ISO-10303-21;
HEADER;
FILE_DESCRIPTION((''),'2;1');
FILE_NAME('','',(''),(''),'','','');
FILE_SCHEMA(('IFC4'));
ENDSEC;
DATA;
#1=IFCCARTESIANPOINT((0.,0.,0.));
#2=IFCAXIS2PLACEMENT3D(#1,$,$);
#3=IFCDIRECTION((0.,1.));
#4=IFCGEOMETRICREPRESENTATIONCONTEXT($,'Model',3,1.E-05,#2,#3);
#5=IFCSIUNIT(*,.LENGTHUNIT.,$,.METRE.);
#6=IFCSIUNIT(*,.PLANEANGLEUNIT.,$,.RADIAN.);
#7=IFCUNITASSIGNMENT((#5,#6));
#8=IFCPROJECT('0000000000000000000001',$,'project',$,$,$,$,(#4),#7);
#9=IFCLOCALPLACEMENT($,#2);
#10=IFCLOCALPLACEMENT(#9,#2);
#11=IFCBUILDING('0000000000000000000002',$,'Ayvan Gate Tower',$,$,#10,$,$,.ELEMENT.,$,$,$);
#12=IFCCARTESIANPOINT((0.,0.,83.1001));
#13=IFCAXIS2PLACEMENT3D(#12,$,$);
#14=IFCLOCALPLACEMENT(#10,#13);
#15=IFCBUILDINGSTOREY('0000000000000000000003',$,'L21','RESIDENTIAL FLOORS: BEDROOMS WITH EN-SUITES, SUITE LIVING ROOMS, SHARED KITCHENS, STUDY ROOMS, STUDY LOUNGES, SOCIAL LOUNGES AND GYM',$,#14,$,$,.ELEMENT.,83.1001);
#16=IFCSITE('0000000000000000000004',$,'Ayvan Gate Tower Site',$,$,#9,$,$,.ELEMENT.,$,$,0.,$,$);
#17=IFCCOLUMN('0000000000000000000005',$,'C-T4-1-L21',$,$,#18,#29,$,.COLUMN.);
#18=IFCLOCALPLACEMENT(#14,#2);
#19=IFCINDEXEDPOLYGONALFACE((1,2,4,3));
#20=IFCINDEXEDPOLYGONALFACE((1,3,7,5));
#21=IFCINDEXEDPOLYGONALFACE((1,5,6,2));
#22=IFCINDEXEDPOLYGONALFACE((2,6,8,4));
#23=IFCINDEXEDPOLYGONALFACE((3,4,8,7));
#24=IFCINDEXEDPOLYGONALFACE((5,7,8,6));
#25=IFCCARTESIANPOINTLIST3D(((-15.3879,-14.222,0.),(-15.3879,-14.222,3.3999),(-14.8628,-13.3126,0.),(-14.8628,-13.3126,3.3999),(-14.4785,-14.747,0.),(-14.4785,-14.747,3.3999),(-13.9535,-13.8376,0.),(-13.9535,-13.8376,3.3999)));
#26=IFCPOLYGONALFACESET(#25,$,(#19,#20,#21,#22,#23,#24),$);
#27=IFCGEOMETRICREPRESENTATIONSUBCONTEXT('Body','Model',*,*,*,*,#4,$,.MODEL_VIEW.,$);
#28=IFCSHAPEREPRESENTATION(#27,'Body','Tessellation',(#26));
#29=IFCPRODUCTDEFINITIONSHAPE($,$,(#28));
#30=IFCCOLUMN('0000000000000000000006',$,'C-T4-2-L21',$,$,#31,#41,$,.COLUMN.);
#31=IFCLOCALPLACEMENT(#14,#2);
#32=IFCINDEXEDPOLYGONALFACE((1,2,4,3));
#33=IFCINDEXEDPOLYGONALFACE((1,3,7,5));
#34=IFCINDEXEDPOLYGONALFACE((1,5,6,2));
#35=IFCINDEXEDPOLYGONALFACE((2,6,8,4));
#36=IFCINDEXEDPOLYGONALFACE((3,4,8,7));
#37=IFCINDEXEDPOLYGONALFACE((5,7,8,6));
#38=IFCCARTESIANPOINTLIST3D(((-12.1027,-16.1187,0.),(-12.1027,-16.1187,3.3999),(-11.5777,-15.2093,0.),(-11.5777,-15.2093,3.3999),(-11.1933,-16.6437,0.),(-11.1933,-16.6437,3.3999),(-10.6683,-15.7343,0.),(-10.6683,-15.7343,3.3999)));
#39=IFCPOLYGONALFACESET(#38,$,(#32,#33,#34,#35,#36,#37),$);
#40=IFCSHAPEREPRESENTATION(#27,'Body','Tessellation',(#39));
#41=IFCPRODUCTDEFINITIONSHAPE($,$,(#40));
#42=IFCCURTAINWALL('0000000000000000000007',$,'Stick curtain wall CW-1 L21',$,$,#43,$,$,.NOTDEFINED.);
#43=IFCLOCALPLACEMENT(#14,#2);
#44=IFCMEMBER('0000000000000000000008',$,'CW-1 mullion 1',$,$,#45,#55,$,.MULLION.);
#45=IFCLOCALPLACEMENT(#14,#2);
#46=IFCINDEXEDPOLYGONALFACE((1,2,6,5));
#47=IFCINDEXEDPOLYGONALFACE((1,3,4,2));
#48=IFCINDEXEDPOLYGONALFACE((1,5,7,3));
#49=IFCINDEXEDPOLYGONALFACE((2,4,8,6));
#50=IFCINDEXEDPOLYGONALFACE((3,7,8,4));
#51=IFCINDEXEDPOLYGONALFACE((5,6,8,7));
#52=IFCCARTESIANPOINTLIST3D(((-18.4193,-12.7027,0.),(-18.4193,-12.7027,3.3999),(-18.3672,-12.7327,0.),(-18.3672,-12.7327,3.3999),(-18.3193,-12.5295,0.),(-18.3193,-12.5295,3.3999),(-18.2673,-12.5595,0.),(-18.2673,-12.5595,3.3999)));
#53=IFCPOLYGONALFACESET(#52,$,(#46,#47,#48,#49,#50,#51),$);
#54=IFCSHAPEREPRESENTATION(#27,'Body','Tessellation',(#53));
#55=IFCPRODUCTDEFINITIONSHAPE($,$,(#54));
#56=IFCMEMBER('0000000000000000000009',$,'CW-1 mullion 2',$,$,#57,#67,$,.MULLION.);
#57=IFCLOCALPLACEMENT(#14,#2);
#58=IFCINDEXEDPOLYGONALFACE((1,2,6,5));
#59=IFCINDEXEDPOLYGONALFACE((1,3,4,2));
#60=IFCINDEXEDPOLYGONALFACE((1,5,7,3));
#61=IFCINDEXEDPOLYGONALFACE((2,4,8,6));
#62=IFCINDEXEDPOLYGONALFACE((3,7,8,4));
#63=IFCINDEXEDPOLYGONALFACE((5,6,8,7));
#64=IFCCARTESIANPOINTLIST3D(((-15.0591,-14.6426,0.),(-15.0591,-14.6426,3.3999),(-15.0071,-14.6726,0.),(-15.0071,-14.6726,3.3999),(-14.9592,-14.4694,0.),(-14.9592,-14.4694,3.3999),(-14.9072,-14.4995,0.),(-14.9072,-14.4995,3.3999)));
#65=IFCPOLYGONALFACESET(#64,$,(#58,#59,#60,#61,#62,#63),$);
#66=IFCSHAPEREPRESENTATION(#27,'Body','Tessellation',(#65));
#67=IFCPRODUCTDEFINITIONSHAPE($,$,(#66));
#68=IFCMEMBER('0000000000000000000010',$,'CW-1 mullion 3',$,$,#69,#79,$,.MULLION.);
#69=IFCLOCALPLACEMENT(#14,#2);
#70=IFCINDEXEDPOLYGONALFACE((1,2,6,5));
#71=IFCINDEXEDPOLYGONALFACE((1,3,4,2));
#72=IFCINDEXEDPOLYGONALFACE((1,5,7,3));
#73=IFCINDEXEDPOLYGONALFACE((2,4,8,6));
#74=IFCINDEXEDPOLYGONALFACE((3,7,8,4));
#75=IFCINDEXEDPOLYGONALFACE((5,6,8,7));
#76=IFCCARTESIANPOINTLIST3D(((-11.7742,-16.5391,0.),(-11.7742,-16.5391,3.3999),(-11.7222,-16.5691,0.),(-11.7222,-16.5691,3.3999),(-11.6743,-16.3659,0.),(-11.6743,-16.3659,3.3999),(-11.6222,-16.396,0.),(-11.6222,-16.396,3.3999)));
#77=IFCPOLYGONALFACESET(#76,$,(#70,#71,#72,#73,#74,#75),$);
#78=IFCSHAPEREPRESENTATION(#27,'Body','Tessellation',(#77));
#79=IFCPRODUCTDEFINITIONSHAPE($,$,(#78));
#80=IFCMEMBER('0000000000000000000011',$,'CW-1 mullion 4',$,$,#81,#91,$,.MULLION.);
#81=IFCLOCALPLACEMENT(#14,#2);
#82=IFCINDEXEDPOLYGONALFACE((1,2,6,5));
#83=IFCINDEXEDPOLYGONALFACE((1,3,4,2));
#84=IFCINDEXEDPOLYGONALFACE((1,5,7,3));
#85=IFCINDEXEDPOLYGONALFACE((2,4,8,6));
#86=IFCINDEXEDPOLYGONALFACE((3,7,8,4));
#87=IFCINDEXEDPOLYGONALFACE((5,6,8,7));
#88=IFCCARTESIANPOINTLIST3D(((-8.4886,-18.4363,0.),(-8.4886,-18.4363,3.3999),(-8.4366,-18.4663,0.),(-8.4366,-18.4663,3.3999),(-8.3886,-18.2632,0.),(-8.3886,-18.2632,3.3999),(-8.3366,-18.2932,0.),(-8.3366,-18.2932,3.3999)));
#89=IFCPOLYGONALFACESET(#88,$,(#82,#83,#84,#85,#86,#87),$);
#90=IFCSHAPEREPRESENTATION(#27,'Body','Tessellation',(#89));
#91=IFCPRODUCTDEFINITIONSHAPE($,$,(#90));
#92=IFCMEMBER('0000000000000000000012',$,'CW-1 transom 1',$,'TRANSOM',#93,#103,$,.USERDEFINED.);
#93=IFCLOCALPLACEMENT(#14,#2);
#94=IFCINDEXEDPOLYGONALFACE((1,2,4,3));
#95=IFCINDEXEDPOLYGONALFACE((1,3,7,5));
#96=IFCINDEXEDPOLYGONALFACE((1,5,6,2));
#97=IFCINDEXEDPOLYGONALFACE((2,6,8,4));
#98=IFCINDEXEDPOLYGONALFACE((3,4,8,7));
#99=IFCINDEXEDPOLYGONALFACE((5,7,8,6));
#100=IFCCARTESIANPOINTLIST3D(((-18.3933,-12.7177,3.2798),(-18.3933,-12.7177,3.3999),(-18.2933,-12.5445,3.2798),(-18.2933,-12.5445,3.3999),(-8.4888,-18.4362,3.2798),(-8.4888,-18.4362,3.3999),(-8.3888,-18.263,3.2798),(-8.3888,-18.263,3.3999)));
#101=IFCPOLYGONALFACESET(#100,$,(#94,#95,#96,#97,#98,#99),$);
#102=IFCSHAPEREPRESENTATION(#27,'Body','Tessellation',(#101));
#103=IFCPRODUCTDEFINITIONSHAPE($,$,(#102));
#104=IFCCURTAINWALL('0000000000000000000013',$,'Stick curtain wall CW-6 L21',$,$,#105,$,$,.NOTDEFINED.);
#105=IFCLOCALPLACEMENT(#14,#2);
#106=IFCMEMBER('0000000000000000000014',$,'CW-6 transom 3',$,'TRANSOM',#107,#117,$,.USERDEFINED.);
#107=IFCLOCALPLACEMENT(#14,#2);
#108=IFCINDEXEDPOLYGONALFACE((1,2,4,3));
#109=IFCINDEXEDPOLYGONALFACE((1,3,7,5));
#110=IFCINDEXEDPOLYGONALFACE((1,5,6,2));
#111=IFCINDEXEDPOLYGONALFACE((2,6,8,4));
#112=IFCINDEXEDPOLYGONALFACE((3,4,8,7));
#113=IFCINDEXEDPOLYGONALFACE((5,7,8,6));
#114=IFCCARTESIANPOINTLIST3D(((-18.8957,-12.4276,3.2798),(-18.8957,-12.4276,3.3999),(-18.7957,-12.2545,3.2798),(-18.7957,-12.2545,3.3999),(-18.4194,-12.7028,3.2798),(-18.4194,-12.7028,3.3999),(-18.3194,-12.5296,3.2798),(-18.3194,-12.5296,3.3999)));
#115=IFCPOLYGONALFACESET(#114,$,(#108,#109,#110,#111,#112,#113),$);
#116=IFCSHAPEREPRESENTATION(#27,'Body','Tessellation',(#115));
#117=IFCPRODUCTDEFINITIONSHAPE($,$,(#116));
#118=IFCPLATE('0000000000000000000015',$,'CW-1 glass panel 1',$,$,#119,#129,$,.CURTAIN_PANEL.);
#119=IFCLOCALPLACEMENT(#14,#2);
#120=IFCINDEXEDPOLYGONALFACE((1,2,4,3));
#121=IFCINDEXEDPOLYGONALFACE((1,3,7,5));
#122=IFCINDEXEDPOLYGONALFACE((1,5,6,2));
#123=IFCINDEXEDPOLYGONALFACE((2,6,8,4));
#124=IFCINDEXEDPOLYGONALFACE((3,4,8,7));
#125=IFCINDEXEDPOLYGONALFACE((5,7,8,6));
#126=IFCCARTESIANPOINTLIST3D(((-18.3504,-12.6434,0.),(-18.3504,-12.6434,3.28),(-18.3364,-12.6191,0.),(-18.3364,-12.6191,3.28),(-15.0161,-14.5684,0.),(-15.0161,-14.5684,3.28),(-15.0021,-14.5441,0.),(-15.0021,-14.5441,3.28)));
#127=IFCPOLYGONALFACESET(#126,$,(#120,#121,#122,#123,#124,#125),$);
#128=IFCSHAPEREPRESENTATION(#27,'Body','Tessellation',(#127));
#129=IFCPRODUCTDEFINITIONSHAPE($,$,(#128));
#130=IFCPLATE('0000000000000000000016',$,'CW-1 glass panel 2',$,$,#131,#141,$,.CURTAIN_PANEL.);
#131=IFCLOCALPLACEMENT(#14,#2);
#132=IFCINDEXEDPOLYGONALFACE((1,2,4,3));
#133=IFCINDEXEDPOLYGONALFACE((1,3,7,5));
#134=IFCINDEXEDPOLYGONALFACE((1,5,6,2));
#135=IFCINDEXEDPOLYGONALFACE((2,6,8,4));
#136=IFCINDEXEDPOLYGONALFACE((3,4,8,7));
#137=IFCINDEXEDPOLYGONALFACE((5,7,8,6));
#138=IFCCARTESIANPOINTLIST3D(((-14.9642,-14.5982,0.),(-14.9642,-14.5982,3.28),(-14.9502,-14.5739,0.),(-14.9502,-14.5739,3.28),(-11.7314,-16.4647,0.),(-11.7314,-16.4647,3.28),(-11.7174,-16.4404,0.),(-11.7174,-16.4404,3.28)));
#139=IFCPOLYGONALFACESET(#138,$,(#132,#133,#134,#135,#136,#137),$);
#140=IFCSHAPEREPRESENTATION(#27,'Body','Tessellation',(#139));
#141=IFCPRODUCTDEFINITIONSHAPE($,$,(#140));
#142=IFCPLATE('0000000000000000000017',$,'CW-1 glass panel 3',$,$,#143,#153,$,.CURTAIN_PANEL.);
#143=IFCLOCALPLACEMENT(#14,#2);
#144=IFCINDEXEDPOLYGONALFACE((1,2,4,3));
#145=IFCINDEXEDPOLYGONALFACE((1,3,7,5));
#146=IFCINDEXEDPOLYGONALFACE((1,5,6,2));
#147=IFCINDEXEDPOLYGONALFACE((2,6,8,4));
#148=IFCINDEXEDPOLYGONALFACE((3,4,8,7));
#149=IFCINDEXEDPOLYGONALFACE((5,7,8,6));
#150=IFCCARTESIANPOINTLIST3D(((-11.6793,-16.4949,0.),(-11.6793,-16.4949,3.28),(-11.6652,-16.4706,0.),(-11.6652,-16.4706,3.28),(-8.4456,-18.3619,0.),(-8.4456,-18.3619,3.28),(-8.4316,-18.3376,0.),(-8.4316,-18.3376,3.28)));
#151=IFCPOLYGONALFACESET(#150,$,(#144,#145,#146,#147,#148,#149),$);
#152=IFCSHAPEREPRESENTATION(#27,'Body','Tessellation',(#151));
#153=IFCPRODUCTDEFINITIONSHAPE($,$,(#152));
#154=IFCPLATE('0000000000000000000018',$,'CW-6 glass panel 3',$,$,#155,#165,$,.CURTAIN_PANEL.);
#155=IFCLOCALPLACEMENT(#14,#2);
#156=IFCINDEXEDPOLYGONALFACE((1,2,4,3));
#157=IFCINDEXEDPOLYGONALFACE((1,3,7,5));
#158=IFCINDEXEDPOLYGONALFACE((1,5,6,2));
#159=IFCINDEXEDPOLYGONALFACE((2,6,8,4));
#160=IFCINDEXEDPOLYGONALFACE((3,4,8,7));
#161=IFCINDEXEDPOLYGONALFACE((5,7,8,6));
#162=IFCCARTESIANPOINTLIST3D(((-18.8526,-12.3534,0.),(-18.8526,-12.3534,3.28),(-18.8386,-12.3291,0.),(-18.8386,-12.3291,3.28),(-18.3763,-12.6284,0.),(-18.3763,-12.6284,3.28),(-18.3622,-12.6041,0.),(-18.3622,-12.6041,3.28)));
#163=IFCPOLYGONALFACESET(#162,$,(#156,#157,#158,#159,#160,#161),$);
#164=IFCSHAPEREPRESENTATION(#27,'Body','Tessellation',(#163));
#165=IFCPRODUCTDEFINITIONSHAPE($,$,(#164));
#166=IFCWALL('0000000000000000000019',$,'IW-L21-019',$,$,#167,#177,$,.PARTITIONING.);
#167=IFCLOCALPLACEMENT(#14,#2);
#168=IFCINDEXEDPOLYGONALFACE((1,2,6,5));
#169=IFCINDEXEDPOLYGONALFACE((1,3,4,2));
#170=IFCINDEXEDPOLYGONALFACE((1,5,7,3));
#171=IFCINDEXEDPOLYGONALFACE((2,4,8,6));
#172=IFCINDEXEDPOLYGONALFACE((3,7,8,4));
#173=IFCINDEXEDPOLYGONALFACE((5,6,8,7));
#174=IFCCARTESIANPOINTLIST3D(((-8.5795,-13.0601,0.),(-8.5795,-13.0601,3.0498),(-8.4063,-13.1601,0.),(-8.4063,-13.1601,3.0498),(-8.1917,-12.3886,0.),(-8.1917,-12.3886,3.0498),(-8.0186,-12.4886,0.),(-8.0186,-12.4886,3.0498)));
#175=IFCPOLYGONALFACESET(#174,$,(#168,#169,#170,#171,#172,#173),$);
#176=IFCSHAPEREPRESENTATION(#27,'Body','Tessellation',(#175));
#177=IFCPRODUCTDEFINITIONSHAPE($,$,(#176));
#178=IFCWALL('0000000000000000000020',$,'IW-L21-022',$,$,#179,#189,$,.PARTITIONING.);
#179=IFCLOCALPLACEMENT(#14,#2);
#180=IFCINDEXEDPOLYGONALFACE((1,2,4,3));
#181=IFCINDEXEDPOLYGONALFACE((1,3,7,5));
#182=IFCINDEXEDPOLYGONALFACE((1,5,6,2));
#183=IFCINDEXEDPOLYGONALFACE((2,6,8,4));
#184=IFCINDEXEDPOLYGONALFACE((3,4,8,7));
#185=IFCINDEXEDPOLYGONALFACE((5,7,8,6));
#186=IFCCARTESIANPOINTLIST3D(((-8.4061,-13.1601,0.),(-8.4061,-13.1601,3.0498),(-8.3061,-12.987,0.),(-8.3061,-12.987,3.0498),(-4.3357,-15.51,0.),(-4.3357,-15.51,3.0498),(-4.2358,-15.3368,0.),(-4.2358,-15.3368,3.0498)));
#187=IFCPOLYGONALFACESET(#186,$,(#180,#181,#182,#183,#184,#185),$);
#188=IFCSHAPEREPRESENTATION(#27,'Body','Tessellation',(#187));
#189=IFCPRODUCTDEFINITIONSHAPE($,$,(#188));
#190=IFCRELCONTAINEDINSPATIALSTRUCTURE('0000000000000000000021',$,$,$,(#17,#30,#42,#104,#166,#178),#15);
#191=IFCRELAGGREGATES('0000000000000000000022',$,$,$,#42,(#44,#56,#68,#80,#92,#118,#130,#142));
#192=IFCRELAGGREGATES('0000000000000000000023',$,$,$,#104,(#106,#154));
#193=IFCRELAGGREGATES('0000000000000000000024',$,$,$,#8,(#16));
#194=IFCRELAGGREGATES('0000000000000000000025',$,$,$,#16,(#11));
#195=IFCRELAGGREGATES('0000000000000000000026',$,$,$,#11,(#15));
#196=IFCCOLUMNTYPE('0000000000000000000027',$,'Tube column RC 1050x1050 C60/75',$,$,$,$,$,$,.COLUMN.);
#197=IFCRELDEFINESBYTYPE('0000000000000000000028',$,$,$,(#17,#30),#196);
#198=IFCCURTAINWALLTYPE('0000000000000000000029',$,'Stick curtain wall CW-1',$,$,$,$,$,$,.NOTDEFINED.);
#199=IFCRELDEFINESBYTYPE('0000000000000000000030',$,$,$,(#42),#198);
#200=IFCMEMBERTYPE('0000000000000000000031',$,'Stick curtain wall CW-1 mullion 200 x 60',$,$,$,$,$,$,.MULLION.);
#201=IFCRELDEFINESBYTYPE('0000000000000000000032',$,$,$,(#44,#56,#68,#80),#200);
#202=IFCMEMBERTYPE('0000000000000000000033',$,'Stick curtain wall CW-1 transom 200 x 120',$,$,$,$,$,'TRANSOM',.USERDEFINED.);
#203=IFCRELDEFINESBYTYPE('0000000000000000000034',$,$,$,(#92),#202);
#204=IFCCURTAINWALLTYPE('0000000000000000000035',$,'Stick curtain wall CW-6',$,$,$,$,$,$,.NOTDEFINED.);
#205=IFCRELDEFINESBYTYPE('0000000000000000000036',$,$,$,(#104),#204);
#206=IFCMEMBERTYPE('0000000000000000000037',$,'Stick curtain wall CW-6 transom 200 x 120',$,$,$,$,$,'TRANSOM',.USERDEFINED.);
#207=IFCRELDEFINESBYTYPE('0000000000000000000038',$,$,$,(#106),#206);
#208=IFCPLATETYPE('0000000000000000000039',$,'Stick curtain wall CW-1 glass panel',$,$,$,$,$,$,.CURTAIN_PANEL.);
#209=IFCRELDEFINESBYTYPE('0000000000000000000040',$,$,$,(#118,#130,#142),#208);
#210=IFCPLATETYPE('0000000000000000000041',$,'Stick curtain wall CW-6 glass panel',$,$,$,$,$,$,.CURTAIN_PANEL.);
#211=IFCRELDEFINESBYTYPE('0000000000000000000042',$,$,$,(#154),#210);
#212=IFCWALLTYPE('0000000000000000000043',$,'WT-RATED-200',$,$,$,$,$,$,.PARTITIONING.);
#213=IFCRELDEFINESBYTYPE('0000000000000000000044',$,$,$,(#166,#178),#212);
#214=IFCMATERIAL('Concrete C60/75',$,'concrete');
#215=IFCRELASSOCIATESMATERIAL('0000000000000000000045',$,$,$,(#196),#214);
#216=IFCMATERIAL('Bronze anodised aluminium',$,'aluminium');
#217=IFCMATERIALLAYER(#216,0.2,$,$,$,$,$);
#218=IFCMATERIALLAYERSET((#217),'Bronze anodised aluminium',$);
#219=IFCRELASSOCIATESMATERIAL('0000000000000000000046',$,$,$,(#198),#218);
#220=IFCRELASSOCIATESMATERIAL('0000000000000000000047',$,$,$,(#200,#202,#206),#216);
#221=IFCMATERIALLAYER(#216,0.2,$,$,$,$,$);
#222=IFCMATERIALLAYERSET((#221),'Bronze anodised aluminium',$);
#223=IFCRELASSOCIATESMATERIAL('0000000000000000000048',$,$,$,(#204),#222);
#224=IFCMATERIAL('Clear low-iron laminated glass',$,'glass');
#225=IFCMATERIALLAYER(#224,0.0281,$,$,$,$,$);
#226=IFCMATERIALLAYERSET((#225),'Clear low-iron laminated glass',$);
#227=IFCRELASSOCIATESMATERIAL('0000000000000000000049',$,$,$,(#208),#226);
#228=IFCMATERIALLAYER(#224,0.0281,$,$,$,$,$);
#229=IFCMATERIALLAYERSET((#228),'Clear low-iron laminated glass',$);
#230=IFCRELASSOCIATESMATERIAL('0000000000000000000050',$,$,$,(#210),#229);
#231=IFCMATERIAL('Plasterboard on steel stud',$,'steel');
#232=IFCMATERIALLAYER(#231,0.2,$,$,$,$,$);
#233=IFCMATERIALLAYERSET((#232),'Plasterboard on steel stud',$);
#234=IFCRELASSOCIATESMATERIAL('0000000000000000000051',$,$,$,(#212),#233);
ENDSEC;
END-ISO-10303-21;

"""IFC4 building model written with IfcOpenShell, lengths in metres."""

from ifc_helpers import new_model, si_unit, direction, frame, frame_2d, origin, origin_2d, place, context, subcontext, project, spatial, rectangle, extrude, material, layer, layer_set, material_profile, profile_set, type_object, element, aggregate, save


model = new_model("IFC4")

# Units and contexts
model_context = context("Model", 3, precision=1e-05, world=origin(), true_north=direction((0.0, 1.0)))
body_context = subcontext(model_context, "Body", "Model", "MODEL_VIEW")
ifc_project = project(units=[si_unit("LENGTHUNIT", "METRE"), si_unit("PLANEANGLEUNIT", "RADIAN")], contexts=[model_context])

# Site, building, storey
site_placement = place(None, origin())
site = spatial("IfcSite", under=ifc_project, at=site_placement, Name="Ayvan Gate Tower Site", CompositionType="ELEMENT", RefElevation=0.0)
building_placement = place(site_placement, origin())
building = spatial("IfcBuilding", under=site, at=building_placement, Name="Ayvan Gate Tower", CompositionType="ELEMENT")
storey_placement = place(building_placement, frame((0.0, 0.0, 83.1001)))
storey = spatial("IfcBuildingStorey", under=building, at=storey_placement, Name="L21", Description="RESIDENTIAL FLOORS: BEDROOMS WITH EN-SUITES, SUITE LIVING ROOMS, SHARED KITCHENS, STUDY ROOMS, STUDY LOUNGES, SOCIAL LOUNGES AND GYM", CompositionType="ELEMENT", Elevation=83.1001)

# Columns
ifc_material_1 = material(Name="Concrete C60/75", Category="concrete")
ifc_material_profile_1 = material_profile(ifc_material_1, rectangle(XDim=1.05, YDim=1.05, at=origin_2d()), Name="RC 1050x1050")
ifc_profile_set_1 = profile_set([ifc_material_profile_1], Name="Concrete C60/75")
column_type = type_object("IfcColumnType", Name="Tube column RC 1050x1050 C60/75", PredefinedType="COLUMN", material=ifc_profile_set_1)
for number, where, z_axis, x_axis, name in (
    (1, (-14.6707, -14.0298, 0.0), (0.0, 0.0, 1.0), (-0.5, -0.866025, 0.0), "C-T4-1-L21"),
    (2, (-11.3855, -15.9265, 0.0), (0.0, 0.0, 1.0), (-0.5, -0.866025, 0.0), "C-T4-2-L21"),
):
    element("IfcColumn", number, at=place(storey_placement, frame(where, z_axis=z_axis, x_axis=x_axis)), inside=storey, type_object=column_type, Name=name, PredefinedType="COLUMN", context=body_context, shape_type="SweptSolid", body=[
        extrude(rectangle(XDim=1.05, YDim=1.05, at=origin_2d()), origin(), (0.0, 0.0, 1.0), 3.3999),
    ])

# Curtain wall, members
ifc_material_2 = material(Name="Bronze anodised aluminium", Category="aluminium")
ifc_layer_1 = layer(ifc_material_2, 0.2)
ifc_layer_set_1 = layer_set([ifc_layer_1], Name="Bronze anodised aluminium")
curtain_wall_type_1 = type_object("IfcCurtainWallType", Name="Stick curtain wall CW-1", PredefinedType="NOTDEFINED", material=ifc_layer_set_1)
curtain_wall_1_placement = place(storey_placement, origin())
curtain_wall_1 = element("IfcCurtainWall", 3, at=curtain_wall_1_placement, inside=storey, type_object=curtain_wall_type_1, Name="Stick curtain wall CW-1 L21", PredefinedType="NOTDEFINED")
ifc_material_profile_2 = material_profile(ifc_material_2, rectangle(XDim=0.2, YDim=0.0601, at=origin_2d()), Name="Stick curtain wall CW-1 mullion 200 x 60")
ifc_profile_set_2 = profile_set([ifc_material_profile_2], Name="Bronze anodised aluminium")
member_type_1 = type_object("IfcMemberType", Name="Stick curtain wall CW-1 mullion 200 x 60", PredefinedType="MULLION", material=ifc_profile_set_2)
member_1_placement = place(storey_placement, frame((-18.3433, -12.6311, 0.0), z_axis=(0.0, 0.0, 1.0), x_axis=(-0.5, -0.866025, 0.0)))
member_1 = element("IfcMember", 4, at=member_1_placement, type_object=member_type_1, Name="CW-1 mullion 1", PredefinedType="MULLION", context=body_context, shape_type="SweptSolid", body=[
    extrude(rectangle(XDim=0.2, YDim=0.0601, at=origin_2d()), origin(), (0.0, 0.0, 1.0), 3.3999),
])
member_2_placement = place(storey_placement, frame((-14.9832, -14.571, 0.0), z_axis=(0.0, 0.0, 1.0), x_axis=(-0.5, -0.866025, 0.0)))
member_2 = element("IfcMember", 5, at=member_2_placement, type_object=member_type_1, Name="CW-1 mullion 2", PredefinedType="MULLION", context=body_context, shape_type="SweptSolid", body=[
    extrude(rectangle(XDim=0.2, YDim=0.0601, at=origin_2d()), origin(), (0.0, 0.0, 1.0), 3.3999),
])
member_3_placement = place(storey_placement, frame((-11.6982, -16.4675, 0.0), z_axis=(0.0, 0.0, 1.0), x_axis=(-0.5, -0.866025, 0.0)))
member_3 = element("IfcMember", 6, at=member_3_placement, type_object=member_type_1, Name="CW-1 mullion 3", PredefinedType="MULLION", context=body_context, shape_type="SweptSolid", body=[
    extrude(rectangle(XDim=0.2, YDim=0.0601, at=origin_2d()), origin(), (0.0, 0.0, 1.0), 3.3999),
])
member_4_placement = place(storey_placement, frame((-8.4126, -18.3647, 0.0), z_axis=(0.0, 0.0, 1.0), x_axis=(-0.5, -0.866025, 0.0)))
member_4 = element("IfcMember", 7, at=member_4_placement, type_object=member_type_1, Name="CW-1 mullion 4", PredefinedType="MULLION", context=body_context, shape_type="SweptSolid", body=[
    extrude(rectangle(XDim=0.2, YDim=0.0601, at=origin_2d()), origin(), (0.0, 0.0, 1.0), 3.3999),
])
ifc_material_profile_3 = material_profile(ifc_material_2, rectangle(XDim=0.2, YDim=0.1201, at=origin_2d()), Name="Stick curtain wall CW-1 transom 200 x 120")
ifc_profile_set_3 = profile_set([ifc_material_profile_3], Name="Bronze anodised aluminium")
member_type_2 = type_object("IfcMemberType", Name="Stick curtain wall CW-1 transom 200 x 120", ElementType="TRANSOM", PredefinedType="USERDEFINED", material=ifc_profile_set_3)
member_5_placement = place(storey_placement, frame((-18.3433, -12.6311, 3.3398), z_axis=(0.866021, -0.500008, 0.0), x_axis=(0.500008, 0.866021, 0.0)))
member_5 = element("IfcMember", 8, at=member_5_placement, type_object=member_type_2, Name="CW-1 transom 1", ObjectType="TRANSOM", PredefinedType="USERDEFINED", context=body_context, shape_type="SweptSolid", body=[
    extrude(rectangle(XDim=0.2, YDim=0.1201, at=origin_2d()), origin(), (0.0, 0.0, 1.0), 11.4368),
])

# Curtain wall, member
ifc_layer_2 = layer(ifc_material_2, 0.2)
ifc_layer_set_2 = layer_set([ifc_layer_2], Name="Bronze anodised aluminium")
curtain_wall_type_2 = type_object("IfcCurtainWallType", Name="Stick curtain wall CW-6", PredefinedType="NOTDEFINED", material=ifc_layer_set_2)
curtain_wall_2_placement = place(storey_placement, origin())
curtain_wall_2 = element("IfcCurtainWall", 9, at=curtain_wall_2_placement, inside=storey, type_object=curtain_wall_type_2, Name="Stick curtain wall CW-6 L21", PredefinedType="NOTDEFINED")
ifc_material_profile_4 = material_profile(ifc_material_2, rectangle(XDim=0.2, YDim=0.1201, at=origin_2d()), Name="Stick curtain wall CW-6 transom 200 x 120")
ifc_profile_set_4 = profile_set([ifc_material_profile_4], Name="Bronze anodised aluminium")
member_type_3 = type_object("IfcMemberType", Name="Stick curtain wall CW-6 transom 200 x 120", ElementType="TRANSOM", PredefinedType="USERDEFINED", material=ifc_profile_set_4)
member_6_placement = place(storey_placement, frame((-18.8457, -12.3411, 3.3398), z_axis=(0.865912, -0.500196, 0.0), x_axis=(0.500196, 0.865912, 0.0)))
member_6 = element("IfcMember", 10, at=member_6_placement, type_object=member_type_3, Name="CW-6 transom 3", ObjectType="TRANSOM", PredefinedType="USERDEFINED", context=body_context, shape_type="SweptSolid", body=[
    extrude(rectangle(XDim=0.2, YDim=0.1201, at=origin_2d()), origin(), (0.0, 0.0, 1.0), 0.55),
])

# Plates
ifc_material_3 = material(Name="Clear low-iron laminated glass", Category="glass")
ifc_layer_3 = layer(ifc_material_3, 0.0281)
ifc_layer_set_3 = layer_set([ifc_layer_3], Name="Clear low-iron laminated glass")
plate_type_1 = type_object("IfcPlateType", Name="Stick curtain wall CW-1 glass panel", PredefinedType="CURTAIN_PANEL", material=ifc_layer_set_3)
plate_1_placement = place(storey_placement, frame((-16.6763, -13.5938, 0.0), z_axis=(0.0, 0.0, 1.0), x_axis=(0.866025, -0.5, 0.0)))
plate_1 = element("IfcPlate", 11, at=plate_1_placement, type_object=plate_type_1, Name="CW-1 glass panel 1", PredefinedType="CURTAIN_PANEL", context=body_context, shape_type="SweptSolid", body=[
    extrude(rectangle(XDim=3.8501, YDim=0.0281, at=origin_2d()), origin(), (0.0, 0.0, 1.0), 3.28),
])
plate_2_placement = place(storey_placement, frame((-13.3408, -15.5193, 0.0), z_axis=(0.0, 0.0, 1.0), x_axis=(0.866025, -0.5, 0.0)))
plate_2 = element("IfcPlate", 12, at=plate_2_placement, type_object=plate_type_1, Name="CW-1 glass panel 2", PredefinedType="CURTAIN_PANEL", context=body_context, shape_type="SweptSolid", body=[
    extrude(rectangle(XDim=3.7329, YDim=0.0281, at=origin_2d()), origin(), (0.0, 0.0, 1.0), 3.28),
])
plate_3_placement = place(storey_placement, frame((-10.0554, -17.4163, 0.0), z_axis=(0.0, 0.0, 1.0), x_axis=(0.866025, -0.5, 0.0)))
plate_3 = element("IfcPlate", 13, at=plate_3_placement, type_object=plate_type_1, Name="CW-1 glass panel 3", PredefinedType="CURTAIN_PANEL", context=body_context, shape_type="SweptSolid", body=[
    extrude(rectangle(XDim=3.7339, YDim=0.0281, at=origin_2d()), origin(), (0.0, 0.0, 1.0), 3.28),
])
aggregate(curtain_wall_1, [member_1, member_2, member_3, member_4, member_5, plate_1, plate_2, plate_3])
ifc_layer_4 = layer(ifc_material_3, 0.0281)
ifc_layer_set_4 = layer_set([ifc_layer_4], Name="Clear low-iron laminated glass")
plate_type_2 = type_object("IfcPlateType", Name="Stick curtain wall CW-6 glass panel", PredefinedType="CURTAIN_PANEL", material=ifc_layer_set_4)
plate_4_placement = place(storey_placement, frame((-18.6074, -12.4788, 0.0), z_axis=(0.0, 0.0, 1.0), x_axis=(0.866025, -0.5, 0.0)))
plate_4 = element("IfcPlate", 14, at=plate_4_placement, type_object=plate_type_2, Name="CW-6 glass panel 3", PredefinedType="CURTAIN_PANEL", context=body_context, shape_type="SweptSolid", body=[
    extrude(rectangle(XDim=0.55, YDim=0.0281, at=origin_2d()), origin(), (0.0, 0.0, 1.0), 3.28),
])
aggregate(curtain_wall_2, [member_6, plate_4])

# Walls
ifc_material_4 = material(Name="Plasterboard on steel stud", Category="steel")
ifc_layer_5 = layer(ifc_material_4, 0.2)
ifc_layer_set_5 = layer_set([ifc_layer_5], Name="Plasterboard on steel stud")
wall_type = type_object("IfcWallType", Name="WT-RATED-200", PredefinedType="PARTITIONING", material=ifc_layer_set_5)
wall_1_placement = place(storey_placement, frame((-8.4929, -13.1101, 0.0), z_axis=(0.0, 0.0, 1.0), x_axis=(0.500068, 0.865986, 0.0)))
element("IfcWall", 15, at=wall_1_placement, inside=storey, type_object=wall_type, Name="IW-L21-019", PredefinedType="PARTITIONING", context=body_context, shape_type="SweptSolid", body=[
    extrude(rectangle(XDim=0.7754, YDim=0.2, at=frame_2d((0.3877, 0.0))), origin(), (0.0, 0.0, 1.0), 3.0498),
])
wall_2_placement = place(storey_placement, frame((-8.3562, -13.0735, 0.0), z_axis=(0.0, 0.0, 1.0), x_axis=(0.866039, -0.499977, 0.0)))
element("IfcWall", 16, at=wall_2_placement, inside=storey, type_object=wall_type, Name="IW-L21-022", PredefinedType="PARTITIONING", context=body_context, shape_type="SweptSolid", body=[
    extrude(rectangle(XDim=4.7, YDim=0.2, at=frame_2d((2.3501, 0.0))), origin(), (0.0, 0.0, 1.0), 3.0498),
])

save(model, "model.ifc")
